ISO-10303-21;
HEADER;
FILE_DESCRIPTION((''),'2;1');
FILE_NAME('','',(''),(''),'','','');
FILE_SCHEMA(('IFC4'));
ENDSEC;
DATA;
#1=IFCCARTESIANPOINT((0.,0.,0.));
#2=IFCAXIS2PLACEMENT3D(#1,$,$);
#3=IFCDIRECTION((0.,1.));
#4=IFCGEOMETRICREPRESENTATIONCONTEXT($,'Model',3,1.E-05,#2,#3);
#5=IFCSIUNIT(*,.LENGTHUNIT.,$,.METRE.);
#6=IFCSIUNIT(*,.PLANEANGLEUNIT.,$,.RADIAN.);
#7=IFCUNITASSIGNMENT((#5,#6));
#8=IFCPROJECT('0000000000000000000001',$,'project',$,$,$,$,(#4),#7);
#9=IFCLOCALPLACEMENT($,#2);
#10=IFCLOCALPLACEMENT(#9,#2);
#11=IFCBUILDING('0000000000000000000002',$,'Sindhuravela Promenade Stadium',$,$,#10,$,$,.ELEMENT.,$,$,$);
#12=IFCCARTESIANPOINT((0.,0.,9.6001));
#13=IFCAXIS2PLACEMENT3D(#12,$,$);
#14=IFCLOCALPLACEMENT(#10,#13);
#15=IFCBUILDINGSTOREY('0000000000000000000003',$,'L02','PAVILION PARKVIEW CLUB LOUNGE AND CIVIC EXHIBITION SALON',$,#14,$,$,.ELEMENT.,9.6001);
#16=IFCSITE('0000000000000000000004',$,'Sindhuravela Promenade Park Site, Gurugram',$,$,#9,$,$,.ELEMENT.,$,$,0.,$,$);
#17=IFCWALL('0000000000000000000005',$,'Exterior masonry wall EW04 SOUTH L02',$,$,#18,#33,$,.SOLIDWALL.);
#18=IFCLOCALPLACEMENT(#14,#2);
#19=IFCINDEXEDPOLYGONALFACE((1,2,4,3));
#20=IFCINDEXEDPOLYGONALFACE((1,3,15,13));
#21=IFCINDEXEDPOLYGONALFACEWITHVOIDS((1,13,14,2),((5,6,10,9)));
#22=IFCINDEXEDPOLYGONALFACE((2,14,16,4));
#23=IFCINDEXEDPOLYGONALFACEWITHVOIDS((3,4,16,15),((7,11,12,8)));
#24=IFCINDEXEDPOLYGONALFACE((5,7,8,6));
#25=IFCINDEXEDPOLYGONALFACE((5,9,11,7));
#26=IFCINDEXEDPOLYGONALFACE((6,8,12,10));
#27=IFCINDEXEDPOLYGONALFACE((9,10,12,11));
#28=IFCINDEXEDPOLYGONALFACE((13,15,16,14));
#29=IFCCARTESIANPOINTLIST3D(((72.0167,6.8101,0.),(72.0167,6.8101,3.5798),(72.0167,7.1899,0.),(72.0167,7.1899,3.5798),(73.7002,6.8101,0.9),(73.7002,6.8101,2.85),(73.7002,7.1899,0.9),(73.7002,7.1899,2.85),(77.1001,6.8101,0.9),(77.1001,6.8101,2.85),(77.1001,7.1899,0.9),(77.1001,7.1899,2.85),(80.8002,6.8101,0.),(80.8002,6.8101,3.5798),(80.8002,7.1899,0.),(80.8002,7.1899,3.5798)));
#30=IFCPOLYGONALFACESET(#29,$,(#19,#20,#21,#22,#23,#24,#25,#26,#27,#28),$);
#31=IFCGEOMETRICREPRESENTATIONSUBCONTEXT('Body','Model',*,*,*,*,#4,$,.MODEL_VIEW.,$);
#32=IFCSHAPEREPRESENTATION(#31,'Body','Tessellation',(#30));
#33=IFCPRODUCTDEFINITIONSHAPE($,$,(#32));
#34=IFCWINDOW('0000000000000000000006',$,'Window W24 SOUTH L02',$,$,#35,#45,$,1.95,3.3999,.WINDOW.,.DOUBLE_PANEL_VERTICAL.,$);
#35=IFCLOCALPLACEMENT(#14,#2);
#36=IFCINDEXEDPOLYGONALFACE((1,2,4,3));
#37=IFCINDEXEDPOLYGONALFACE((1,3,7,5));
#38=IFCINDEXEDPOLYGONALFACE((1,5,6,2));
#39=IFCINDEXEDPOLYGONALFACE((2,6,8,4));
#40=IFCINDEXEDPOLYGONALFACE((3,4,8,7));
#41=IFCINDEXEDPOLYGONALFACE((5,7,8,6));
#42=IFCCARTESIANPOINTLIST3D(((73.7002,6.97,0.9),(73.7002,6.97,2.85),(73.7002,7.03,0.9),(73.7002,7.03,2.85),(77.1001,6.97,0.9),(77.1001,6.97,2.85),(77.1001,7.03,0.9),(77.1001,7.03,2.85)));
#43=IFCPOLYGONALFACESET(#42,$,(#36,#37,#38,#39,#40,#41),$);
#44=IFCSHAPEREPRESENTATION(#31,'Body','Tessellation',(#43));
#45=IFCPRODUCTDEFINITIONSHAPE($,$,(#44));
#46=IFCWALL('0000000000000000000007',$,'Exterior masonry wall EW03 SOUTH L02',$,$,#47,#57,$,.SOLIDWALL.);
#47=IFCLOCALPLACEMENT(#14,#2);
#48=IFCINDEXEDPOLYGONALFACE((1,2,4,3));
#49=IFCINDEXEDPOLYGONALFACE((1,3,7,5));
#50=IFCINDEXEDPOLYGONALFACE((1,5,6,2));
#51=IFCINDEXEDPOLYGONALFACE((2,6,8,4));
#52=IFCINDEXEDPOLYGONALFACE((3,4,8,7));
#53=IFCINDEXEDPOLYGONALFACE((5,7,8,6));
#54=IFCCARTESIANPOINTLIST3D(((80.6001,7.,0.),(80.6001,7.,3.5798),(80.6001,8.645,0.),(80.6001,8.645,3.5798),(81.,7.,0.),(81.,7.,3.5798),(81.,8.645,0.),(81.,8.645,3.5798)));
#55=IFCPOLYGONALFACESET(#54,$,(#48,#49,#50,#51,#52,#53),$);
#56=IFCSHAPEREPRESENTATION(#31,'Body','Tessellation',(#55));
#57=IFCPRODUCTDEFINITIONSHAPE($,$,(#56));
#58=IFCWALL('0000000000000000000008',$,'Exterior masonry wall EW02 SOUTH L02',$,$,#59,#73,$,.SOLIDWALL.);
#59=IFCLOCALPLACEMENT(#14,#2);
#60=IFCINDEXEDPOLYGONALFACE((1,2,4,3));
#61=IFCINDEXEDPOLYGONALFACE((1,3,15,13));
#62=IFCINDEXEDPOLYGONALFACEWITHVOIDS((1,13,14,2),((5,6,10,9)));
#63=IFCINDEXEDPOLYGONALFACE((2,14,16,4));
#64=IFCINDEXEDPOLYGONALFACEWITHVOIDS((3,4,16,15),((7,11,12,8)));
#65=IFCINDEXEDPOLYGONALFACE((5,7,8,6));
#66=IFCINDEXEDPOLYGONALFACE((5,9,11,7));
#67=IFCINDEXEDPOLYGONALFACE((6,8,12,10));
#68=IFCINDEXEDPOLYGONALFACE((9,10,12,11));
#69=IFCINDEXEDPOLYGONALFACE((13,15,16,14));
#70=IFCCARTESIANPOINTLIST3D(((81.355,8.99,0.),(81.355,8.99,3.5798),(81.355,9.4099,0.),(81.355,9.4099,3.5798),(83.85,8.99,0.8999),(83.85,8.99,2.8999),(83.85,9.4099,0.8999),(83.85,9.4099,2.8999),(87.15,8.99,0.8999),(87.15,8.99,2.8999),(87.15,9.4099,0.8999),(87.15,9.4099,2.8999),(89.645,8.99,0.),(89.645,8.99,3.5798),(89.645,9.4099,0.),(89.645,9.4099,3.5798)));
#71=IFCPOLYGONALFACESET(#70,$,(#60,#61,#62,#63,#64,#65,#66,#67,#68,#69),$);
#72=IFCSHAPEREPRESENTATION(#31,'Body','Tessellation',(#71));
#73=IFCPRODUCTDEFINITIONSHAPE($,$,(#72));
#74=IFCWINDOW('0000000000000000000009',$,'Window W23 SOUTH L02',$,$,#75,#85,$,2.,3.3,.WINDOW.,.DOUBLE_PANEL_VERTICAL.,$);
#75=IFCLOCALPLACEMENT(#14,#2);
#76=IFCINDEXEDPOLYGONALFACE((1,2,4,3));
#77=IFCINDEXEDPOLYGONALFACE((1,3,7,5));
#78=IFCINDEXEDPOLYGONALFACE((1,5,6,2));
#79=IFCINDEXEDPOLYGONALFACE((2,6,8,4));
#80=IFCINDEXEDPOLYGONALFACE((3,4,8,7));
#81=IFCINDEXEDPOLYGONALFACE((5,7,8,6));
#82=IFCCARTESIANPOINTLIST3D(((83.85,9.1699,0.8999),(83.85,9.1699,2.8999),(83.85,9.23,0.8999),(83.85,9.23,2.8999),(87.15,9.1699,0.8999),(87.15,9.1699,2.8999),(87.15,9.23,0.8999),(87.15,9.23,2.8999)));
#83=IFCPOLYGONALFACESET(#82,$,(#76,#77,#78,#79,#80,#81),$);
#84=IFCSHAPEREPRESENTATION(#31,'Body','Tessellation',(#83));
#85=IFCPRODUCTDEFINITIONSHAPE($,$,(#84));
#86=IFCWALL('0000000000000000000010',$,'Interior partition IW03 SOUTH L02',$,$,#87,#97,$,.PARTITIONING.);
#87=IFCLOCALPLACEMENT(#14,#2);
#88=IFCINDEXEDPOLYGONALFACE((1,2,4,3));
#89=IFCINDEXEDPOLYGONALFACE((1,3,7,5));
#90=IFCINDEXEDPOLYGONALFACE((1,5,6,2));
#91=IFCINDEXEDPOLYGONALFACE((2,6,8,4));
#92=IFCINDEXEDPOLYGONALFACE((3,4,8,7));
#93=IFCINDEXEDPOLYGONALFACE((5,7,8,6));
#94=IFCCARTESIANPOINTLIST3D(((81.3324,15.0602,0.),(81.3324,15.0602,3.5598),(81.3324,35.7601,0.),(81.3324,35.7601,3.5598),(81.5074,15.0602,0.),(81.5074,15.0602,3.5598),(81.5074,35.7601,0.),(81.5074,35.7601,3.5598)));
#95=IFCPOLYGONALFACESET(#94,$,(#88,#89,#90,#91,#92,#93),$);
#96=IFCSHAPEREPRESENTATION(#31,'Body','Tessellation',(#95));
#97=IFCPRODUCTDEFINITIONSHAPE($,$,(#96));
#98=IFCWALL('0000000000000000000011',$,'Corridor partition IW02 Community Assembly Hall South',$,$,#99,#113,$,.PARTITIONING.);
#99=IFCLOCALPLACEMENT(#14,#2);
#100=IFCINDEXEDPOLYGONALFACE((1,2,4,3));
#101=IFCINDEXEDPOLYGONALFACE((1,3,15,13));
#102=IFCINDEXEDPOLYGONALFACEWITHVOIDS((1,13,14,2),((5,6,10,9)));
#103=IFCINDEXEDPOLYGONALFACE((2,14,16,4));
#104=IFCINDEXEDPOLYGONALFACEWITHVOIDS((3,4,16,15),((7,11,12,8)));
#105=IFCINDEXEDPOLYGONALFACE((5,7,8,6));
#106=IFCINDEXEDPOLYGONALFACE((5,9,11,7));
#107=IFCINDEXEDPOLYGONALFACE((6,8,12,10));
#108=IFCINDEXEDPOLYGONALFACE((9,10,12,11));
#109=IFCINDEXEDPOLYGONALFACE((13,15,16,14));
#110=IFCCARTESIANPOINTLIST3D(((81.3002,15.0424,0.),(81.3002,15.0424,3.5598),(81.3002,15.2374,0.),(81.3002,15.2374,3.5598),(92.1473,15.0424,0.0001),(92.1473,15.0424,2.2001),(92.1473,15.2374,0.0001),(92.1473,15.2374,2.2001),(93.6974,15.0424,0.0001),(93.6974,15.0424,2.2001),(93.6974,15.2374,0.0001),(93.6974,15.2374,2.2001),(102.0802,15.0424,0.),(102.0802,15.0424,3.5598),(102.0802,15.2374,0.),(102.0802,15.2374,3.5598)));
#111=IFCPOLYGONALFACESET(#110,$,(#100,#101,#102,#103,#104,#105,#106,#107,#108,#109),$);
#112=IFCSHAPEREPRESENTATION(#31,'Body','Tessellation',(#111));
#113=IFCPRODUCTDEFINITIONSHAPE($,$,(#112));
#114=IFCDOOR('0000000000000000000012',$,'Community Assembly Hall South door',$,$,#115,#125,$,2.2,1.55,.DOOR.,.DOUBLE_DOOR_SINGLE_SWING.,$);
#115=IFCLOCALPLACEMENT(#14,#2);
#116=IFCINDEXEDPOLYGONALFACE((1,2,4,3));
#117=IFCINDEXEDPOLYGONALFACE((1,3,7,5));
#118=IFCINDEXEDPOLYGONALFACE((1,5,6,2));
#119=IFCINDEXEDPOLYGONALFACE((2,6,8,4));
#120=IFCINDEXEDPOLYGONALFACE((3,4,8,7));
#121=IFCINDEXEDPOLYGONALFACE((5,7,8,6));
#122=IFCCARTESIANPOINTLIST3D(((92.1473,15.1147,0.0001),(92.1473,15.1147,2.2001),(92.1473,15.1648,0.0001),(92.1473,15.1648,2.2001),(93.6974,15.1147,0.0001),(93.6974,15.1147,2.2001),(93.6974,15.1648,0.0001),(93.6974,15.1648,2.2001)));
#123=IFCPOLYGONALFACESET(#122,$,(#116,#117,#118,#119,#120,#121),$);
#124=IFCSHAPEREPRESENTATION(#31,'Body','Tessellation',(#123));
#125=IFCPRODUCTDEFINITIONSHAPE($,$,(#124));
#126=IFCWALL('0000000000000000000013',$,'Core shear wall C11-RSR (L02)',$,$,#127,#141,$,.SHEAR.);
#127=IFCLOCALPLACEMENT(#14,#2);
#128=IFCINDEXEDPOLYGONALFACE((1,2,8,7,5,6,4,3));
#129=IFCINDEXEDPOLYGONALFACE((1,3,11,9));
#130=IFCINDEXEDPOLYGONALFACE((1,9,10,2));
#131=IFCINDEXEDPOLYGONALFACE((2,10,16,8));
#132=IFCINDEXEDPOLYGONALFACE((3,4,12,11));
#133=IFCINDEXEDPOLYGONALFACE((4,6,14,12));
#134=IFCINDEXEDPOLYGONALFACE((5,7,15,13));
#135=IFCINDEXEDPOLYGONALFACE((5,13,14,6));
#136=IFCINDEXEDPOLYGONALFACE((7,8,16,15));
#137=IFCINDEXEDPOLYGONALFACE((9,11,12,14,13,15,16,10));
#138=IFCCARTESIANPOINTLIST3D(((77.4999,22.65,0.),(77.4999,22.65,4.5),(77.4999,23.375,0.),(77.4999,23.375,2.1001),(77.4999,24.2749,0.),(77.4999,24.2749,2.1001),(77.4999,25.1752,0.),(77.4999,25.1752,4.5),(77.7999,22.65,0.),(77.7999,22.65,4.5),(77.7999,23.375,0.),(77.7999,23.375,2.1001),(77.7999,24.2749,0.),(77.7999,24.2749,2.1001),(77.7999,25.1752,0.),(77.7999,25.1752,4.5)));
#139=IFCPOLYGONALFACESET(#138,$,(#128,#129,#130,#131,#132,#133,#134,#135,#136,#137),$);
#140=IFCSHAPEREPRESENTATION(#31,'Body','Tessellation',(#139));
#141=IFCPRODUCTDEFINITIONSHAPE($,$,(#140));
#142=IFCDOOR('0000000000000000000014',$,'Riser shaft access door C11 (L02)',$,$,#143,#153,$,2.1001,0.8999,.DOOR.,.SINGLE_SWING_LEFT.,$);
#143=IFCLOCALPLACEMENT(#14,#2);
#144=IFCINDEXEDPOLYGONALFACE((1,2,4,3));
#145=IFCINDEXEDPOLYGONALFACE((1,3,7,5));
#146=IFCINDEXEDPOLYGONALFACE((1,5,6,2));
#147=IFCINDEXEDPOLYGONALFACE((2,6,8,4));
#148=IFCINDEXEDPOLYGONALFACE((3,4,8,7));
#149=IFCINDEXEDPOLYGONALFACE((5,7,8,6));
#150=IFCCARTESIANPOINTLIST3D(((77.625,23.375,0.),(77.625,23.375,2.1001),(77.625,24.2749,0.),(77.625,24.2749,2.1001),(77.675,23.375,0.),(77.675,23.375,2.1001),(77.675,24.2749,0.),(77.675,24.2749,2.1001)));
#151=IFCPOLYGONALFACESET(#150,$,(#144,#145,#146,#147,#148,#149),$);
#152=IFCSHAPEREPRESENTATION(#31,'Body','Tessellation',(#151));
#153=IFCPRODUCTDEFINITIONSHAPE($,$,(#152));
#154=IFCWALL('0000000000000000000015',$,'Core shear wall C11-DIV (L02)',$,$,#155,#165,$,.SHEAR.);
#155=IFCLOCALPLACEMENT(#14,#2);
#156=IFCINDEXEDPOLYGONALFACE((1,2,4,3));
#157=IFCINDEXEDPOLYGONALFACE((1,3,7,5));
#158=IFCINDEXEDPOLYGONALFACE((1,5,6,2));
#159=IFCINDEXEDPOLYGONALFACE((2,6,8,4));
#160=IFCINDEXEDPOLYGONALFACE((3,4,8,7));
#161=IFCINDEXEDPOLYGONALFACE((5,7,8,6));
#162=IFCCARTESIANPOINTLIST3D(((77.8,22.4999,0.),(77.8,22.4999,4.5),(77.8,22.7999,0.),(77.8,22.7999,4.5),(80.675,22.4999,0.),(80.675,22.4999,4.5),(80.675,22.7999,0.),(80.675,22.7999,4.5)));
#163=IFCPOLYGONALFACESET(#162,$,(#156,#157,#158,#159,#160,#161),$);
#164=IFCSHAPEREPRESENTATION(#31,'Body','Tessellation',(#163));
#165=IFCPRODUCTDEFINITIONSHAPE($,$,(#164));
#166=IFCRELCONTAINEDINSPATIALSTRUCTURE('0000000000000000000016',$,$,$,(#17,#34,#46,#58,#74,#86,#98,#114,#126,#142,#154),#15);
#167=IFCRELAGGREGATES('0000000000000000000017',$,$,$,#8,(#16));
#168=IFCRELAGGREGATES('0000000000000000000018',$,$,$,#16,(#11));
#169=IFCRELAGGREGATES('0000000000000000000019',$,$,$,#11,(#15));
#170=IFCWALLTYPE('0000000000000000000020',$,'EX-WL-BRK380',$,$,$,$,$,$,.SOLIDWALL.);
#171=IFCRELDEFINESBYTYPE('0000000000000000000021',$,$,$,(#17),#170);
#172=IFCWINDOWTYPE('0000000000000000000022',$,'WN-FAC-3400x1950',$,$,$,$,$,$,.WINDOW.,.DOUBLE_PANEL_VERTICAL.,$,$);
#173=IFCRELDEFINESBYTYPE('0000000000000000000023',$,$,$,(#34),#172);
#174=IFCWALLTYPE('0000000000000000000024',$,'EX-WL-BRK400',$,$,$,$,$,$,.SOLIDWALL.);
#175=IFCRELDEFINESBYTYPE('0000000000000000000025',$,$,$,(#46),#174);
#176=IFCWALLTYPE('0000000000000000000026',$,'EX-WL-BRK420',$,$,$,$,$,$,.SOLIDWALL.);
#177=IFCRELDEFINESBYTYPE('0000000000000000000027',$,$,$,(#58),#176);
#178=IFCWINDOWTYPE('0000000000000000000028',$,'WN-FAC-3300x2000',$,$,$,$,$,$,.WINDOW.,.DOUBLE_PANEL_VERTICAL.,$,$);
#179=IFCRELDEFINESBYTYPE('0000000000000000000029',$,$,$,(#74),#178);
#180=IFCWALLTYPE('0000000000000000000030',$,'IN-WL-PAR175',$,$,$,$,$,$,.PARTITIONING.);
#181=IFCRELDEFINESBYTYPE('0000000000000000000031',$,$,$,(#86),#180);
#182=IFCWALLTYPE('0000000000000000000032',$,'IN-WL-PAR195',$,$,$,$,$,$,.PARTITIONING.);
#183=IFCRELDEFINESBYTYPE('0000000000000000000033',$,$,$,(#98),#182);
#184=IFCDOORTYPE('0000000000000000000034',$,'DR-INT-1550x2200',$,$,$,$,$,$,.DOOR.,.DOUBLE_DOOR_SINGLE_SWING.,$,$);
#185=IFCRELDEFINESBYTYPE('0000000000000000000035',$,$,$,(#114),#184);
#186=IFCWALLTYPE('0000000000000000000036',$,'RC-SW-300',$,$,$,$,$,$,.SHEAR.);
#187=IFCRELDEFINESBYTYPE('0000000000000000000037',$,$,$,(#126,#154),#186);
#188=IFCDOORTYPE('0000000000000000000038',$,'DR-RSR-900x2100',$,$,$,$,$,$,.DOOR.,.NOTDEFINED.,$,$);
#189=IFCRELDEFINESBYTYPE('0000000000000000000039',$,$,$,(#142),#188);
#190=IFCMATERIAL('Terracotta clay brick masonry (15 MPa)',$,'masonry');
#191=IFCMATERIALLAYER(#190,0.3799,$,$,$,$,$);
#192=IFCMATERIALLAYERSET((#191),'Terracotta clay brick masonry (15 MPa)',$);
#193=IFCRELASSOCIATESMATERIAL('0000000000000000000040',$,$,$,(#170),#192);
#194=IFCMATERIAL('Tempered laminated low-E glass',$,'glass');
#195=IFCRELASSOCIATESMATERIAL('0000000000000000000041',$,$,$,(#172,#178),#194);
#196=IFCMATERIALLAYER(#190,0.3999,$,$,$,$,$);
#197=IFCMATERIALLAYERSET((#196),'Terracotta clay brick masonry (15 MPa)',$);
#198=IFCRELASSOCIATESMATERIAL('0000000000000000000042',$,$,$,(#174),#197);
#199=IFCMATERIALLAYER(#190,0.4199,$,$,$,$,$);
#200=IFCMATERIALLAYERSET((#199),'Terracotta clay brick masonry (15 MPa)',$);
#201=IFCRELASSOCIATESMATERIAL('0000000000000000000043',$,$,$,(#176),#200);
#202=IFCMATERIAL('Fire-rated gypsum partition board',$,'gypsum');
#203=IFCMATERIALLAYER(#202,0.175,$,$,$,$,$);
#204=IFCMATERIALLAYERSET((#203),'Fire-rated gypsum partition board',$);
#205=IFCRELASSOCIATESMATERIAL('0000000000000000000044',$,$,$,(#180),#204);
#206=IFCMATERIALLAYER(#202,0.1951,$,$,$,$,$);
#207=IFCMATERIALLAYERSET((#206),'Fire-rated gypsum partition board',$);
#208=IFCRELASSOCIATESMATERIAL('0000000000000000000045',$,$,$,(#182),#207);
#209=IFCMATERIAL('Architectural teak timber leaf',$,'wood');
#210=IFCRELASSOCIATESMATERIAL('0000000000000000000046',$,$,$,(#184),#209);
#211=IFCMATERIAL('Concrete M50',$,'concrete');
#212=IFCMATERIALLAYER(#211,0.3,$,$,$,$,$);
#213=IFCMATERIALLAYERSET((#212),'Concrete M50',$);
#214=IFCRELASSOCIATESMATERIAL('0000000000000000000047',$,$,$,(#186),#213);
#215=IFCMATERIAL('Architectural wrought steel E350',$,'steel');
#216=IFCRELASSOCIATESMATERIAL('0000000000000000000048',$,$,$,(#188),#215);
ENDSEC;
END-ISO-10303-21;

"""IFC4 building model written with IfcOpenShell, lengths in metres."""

from ifc_helpers import new_model, si_unit, direction, frame, frame_2d, origin, place, context, subcontext, project, spatial, rectangle, extrude, material, layer, layer_set, type_object, element, fill, save


model = new_model("IFC4")

# Units and contexts
model_context = context("Model", 3, precision=1e-05, world=origin(), true_north=direction((0.0, 1.0)))
body_context = subcontext(model_context, "Body", "Model", "MODEL_VIEW")
ifc_project = project(units=[si_unit("LENGTHUNIT", "METRE"), si_unit("PLANEANGLEUNIT", "RADIAN")], contexts=[model_context])

# Site, building, storey
site_placement = place(None, origin())
site = spatial("IfcSite", under=ifc_project, at=site_placement, Name="Sindhuravela Promenade Park Site, Gurugram", CompositionType="ELEMENT", RefElevation=0.0)
building_placement = place(site_placement, origin())
building = spatial("IfcBuilding", under=site, at=building_placement, Name="Sindhuravela Promenade Stadium", CompositionType="ELEMENT")
storey_placement = place(building_placement, frame((0.0, 0.0, 9.6001)))
storey = spatial("IfcBuildingStorey", under=building, at=storey_placement, Name="L02", Description="PAVILION PARKVIEW CLUB LOUNGE AND CIVIC EXHIBITION SALON", CompositionType="ELEMENT", Elevation=9.6001)

# Wall, opening, window
ifc_material_1 = material(Name="Terracotta clay brick masonry (15 MPa)", Category="masonry")
ifc_layer_1 = layer(ifc_material_1, 0.3799)
ifc_layer_set_1 = layer_set([ifc_layer_1], Name="Terracotta clay brick masonry (15 MPa)")
wall_type_1 = type_object("IfcWallType", Name="EX-WL-BRK380", PredefinedType="SOLIDWALL", material=ifc_layer_set_1)
wall_1_placement = place(storey_placement, frame((80.8, 7.0, 0.0), z_axis=(0.0, 0.0, 1.0), x_axis=(-1.0, 0.0, 0.0)))
wall_1 = element("IfcWall", 1, at=wall_1_placement, inside=storey, type_object=wall_type_1, Name="Exterior masonry wall EW04 SOUTH L02", PredefinedType="SOLIDWALL", context=body_context, shape_type="SweptSolid", body=[
    extrude(rectangle(XDim=8.7834, YDim=0.3799, at=frame_2d((4.3916, 0.0))), origin(), (0.0, 0.0, 1.0), 3.5798),
])
opening_1_placement = place(wall_1_placement, frame((3.7, 0.0, 0.8999)))
opening_1 = element("IfcOpeningElement", 2, at=opening_1_placement, cuts=wall_1, PredefinedType="OPENING", context=body_context, shape_type="SweptSolid", body=[
    extrude(rectangle(XDim=3.3999, YDim=1.95, at=frame_2d((1.7, 0.9751))), frame((0.0, 0.2, 0.0), z_axis=(0.0, -1.0, 0.0), x_axis=(1.0, 0.0, 0.0)), (0.0, 0.0, 1.0), 0.3999),
])
ifc_material_2 = material(Name="Tempered laminated low-E glass", Category="glass")
window_type_1 = type_object("IfcWindowType", Name="WN-FAC-3400x1950", PartitioningType="DOUBLE_PANEL_VERTICAL", PredefinedType="WINDOW", material=ifc_material_2)
window_1_placement = place(opening_1_placement, origin())
window_1 = element("IfcWindow", 3, at=window_1_placement, inside=storey, type_object=window_type_1, Name="Window W24 SOUTH L02", OverallHeight=1.95, OverallWidth=3.3999, PartitioningType="DOUBLE_PANEL_VERTICAL", PredefinedType="WINDOW", context=body_context, shape_type="SweptSolid", body=[
    extrude(rectangle(XDim=3.3999, YDim=1.95, at=frame_2d((1.7, 0.9751))), frame((0.0, 0.03, 0.0), z_axis=(0.0, -1.0, 0.0), x_axis=(1.0, 0.0, 0.0)), (0.0, 0.0, 1.0), 0.0601),
])
fill(opening_1, window_1)

# Wall
ifc_layer_2 = layer(ifc_material_1, 0.3999)
ifc_layer_set_2 = layer_set([ifc_layer_2], Name="Terracotta clay brick masonry (15 MPa)")
wall_type_2 = type_object("IfcWallType", Name="EX-WL-BRK400", PredefinedType="SOLIDWALL", material=ifc_layer_set_2)
wall_2_placement = place(storey_placement, frame((80.8, 8.645, 0.0), z_axis=(0.0, 0.0, 1.0), x_axis=(0.0, -1.0, 0.0)))
element("IfcWall", 4, at=wall_2_placement, inside=storey, type_object=wall_type_2, Name="Exterior masonry wall EW03 SOUTH L02", PredefinedType="SOLIDWALL", context=body_context, shape_type="SweptSolid", body=[
    extrude(rectangle(XDim=1.645, YDim=0.3999, at=frame_2d((0.8225, 0.0))), origin(), (0.0, 0.0, 1.0), 3.5798),
])

# Wall, opening, window
ifc_layer_3 = layer(ifc_material_1, 0.4199)
ifc_layer_set_3 = layer_set([ifc_layer_3], Name="Terracotta clay brick masonry (15 MPa)")
wall_type_3 = type_object("IfcWallType", Name="EX-WL-BRK420", PredefinedType="SOLIDWALL", material=ifc_layer_set_3)
wall_3_placement = place(storey_placement, frame((89.645, 9.2, 0.0), z_axis=(0.0, 0.0, 1.0), x_axis=(-1.0, 0.0, 0.0)))
wall_3 = element("IfcWall", 5, at=wall_3_placement, inside=storey, type_object=wall_type_3, Name="Exterior masonry wall EW02 SOUTH L02", PredefinedType="SOLIDWALL", context=body_context, shape_type="SweptSolid", body=[
    extrude(rectangle(XDim=8.29, YDim=0.4199, at=frame_2d((4.145, 0.0))), origin(), (0.0, 0.0, 1.0), 3.5798),
])
opening_2_placement = place(wall_3_placement, frame((2.4951, 0.0, 0.8999)))
opening_2 = element("IfcOpeningElement", 6, at=opening_2_placement, cuts=wall_3, PredefinedType="OPENING", context=body_context, shape_type="SweptSolid", body=[
    extrude(rectangle(XDim=3.3, YDim=2.0, at=frame_2d((1.6499, 1.0))), frame((0.0, 0.22, 0.0), z_axis=(0.0, -1.0, 0.0), x_axis=(1.0, 0.0, 0.0)), (0.0, 0.0, 1.0), 0.4399),
])
window_type_2 = type_object("IfcWindowType", Name="WN-FAC-3300x2000", PartitioningType="DOUBLE_PANEL_VERTICAL", PredefinedType="WINDOW", material=ifc_material_2)
window_2_placement = place(opening_2_placement, origin())
window_2 = element("IfcWindow", 7, at=window_2_placement, inside=storey, type_object=window_type_2, Name="Window W23 SOUTH L02", OverallHeight=2.0, OverallWidth=3.3, PartitioningType="DOUBLE_PANEL_VERTICAL", PredefinedType="WINDOW", context=body_context, shape_type="SweptSolid", body=[
    extrude(rectangle(XDim=3.3, YDim=2.0, at=frame_2d((1.6499, 1.0))), frame((0.0, 0.03, 0.0), z_axis=(0.0, -1.0, 0.0), x_axis=(1.0, 0.0, 0.0)), (0.0, 0.0, 1.0), 0.0601),
])
fill(opening_2, window_2)

# Wall
ifc_material_3 = material(Name="Fire-rated gypsum partition board", Category="gypsum")
ifc_layer_4 = layer(ifc_material_3, 0.175)
ifc_layer_set_4 = layer_set([ifc_layer_4], Name="Fire-rated gypsum partition board")
wall_type_4 = type_object("IfcWallType", Name="IN-WL-PAR175", PredefinedType="PARTITIONING", material=ifc_layer_set_4)
wall_4_placement = place(storey_placement, frame((81.4199, 15.0601, 0.0), z_axis=(0.0, 0.0, 1.0), x_axis=(0.0, 1.0, 0.0)))
element("IfcWall", 8, at=wall_4_placement, inside=storey, type_object=wall_type_4, Name="Interior partition IW03 SOUTH L02", PredefinedType="PARTITIONING", context=body_context, shape_type="SweptSolid", body=[
    extrude(rectangle(XDim=20.7, YDim=0.175, at=frame_2d((10.3501, 0.0))), origin(), (0.0, 0.0, 1.0), 3.5598),
])

# Walls, openings, doors
ifc_layer_5 = layer(ifc_material_3, 0.1951)
ifc_layer_set_5 = layer_set([ifc_layer_5], Name="Fire-rated gypsum partition board")
wall_type_5 = type_object("IfcWallType", Name="IN-WL-PAR195", PredefinedType="PARTITIONING", material=ifc_layer_set_5)
wall_5_placement = place(storey_placement, frame((81.3, 15.1399, 0.0), z_axis=(0.0, 0.0, 1.0), x_axis=(1.0, 0.0, 0.0)))
wall_5 = element("IfcWall", 9, at=wall_5_placement, inside=storey, type_object=wall_type_5, Name="Corridor partition IW02 Community Assembly Hall South", PredefinedType="PARTITIONING", context=body_context, shape_type="SweptSolid", body=[
    extrude(rectangle(XDim=20.78, YDim=0.1951, at=frame_2d((10.3901, 0.0))), origin(), (0.0, 0.0, 1.0), 3.5598),
])
opening_3_placement = place(wall_5_placement, frame((10.8474, 0.0, 0.0)))
opening_3 = element("IfcOpeningElement", 10, at=opening_3_placement, cuts=wall_5, PredefinedType="OPENING", context=body_context, shape_type="SweptSolid", body=[
    extrude(rectangle(XDim=1.55, YDim=2.2, at=frame_2d((0.7749, 1.1001))), frame((0.0, 0.1074, 0.0), z_axis=(0.0, -1.0, 0.0), x_axis=(1.0, 0.0, 0.0)), (0.0, 0.0, 1.0), 0.2151),
])
ifc_material_4 = material(Name="Architectural teak timber leaf", Category="wood")
door_type_1 = type_object("IfcDoorType", Name="DR-INT-1550x2200", OperationType="DOUBLE_DOOR_SINGLE_SWING", PredefinedType="DOOR", material=ifc_material_4)
door_1_placement = place(opening_3_placement, origin())
door_1 = element("IfcDoor", 11, at=door_1_placement, inside=storey, type_object=door_type_1, Name="Community Assembly Hall South door", OperationType="DOUBLE_DOOR_SINGLE_SWING", OverallHeight=2.2, OverallWidth=1.55, PredefinedType="DOOR", context=body_context, shape_type="SweptSolid", body=[
    extrude(rectangle(XDim=1.55, YDim=2.2, at=frame_2d((0.7749, 1.1001))), frame((0.0, 0.0249, 0.0), z_axis=(0.0, -1.0, 0.0), x_axis=(1.0, 0.0, 0.0)), (0.0, 0.0, 1.0), 0.05),
])
fill(opening_3, door_1)
ifc_material_5 = material(Name="Concrete M50", Category="concrete")
ifc_layer_6 = layer(ifc_material_5, 0.3)
ifc_layer_set_6 = layer_set([ifc_layer_6], Name="Concrete M50")
wall_type_6 = type_object("IfcWallType", Name="RC-SW-300", PredefinedType="SHEAR", material=ifc_layer_set_6)
wall_6_placement = place(storey_placement, frame((77.6499, 22.6499, 0.0), z_axis=(0.0, 0.0, 1.0), x_axis=(0.0, 1.0, 0.0)))
wall_6 = element("IfcWall", 12, at=wall_6_placement, inside=storey, type_object=wall_type_6, Name="Core shear wall C11-RSR (L02)", PredefinedType="SHEAR", context=body_context, shape_type="SweptSolid", body=[
    extrude(rectangle(XDim=2.5251, YDim=0.3, at=frame_2d((1.2627, 0.0))), origin(), (0.0, 0.0, 1.0), 4.5),
])
opening_4_placement = place(wall_6_placement, frame((0.7251, 0.0, 0.0)))
opening_4 = element("IfcOpeningElement", 13, at=opening_4_placement, cuts=wall_6, PredefinedType="OPENING", context=body_context, shape_type="SweptSolid", body=[
    extrude(rectangle(XDim=0.8999, YDim=2.1001, at=frame_2d((0.45, 1.05))), frame((0.0, 0.1599, 0.0), z_axis=(0.0, -1.0, 0.0), x_axis=(1.0, 0.0, 0.0)), (0.0, 0.0, 1.0), 0.3201),
])
ifc_material_6 = material(Name="Architectural wrought steel E350", Category="steel")
door_type_2 = type_object("IfcDoorType", Name="DR-RSR-900x2100", OperationType="NOTDEFINED", PredefinedType="DOOR", material=ifc_material_6)
door_2_placement = place(opening_4_placement, origin())
door_2 = element("IfcDoor", 14, at=door_2_placement, inside=storey, type_object=door_type_2, Name="Riser shaft access door C11 (L02)", OperationType="SINGLE_SWING_LEFT", OverallHeight=2.1001, OverallWidth=0.8999, PredefinedType="DOOR", context=body_context, shape_type="SweptSolid", body=[
    extrude(rectangle(XDim=0.8999, YDim=2.1001, at=frame_2d((0.45, 1.05))), frame((0.0, 0.0249, 0.0), z_axis=(0.0, -1.0, 0.0), x_axis=(1.0, 0.0, 0.0)), (0.0, 0.0, 1.0), 0.05),
])
fill(opening_4, door_2)

# Wall
wall_7_placement = place(storey_placement, frame((77.8, 22.6499, 0.0), z_axis=(0.0, 0.0, 1.0), x_axis=(1.0, 0.0, 0.0)))
element("IfcWall", 15, at=wall_7_placement, inside=storey, type_object=wall_type_6, Name="Core shear wall C11-DIV (L02)", PredefinedType="SHEAR", context=body_context, shape_type="SweptSolid", body=[
    extrude(rectangle(XDim=2.875, YDim=0.3, at=frame_2d((1.4375, 0.0))), origin(), (0.0, 0.0, 1.0), 4.5),
])

save(model, "model.ifc")
